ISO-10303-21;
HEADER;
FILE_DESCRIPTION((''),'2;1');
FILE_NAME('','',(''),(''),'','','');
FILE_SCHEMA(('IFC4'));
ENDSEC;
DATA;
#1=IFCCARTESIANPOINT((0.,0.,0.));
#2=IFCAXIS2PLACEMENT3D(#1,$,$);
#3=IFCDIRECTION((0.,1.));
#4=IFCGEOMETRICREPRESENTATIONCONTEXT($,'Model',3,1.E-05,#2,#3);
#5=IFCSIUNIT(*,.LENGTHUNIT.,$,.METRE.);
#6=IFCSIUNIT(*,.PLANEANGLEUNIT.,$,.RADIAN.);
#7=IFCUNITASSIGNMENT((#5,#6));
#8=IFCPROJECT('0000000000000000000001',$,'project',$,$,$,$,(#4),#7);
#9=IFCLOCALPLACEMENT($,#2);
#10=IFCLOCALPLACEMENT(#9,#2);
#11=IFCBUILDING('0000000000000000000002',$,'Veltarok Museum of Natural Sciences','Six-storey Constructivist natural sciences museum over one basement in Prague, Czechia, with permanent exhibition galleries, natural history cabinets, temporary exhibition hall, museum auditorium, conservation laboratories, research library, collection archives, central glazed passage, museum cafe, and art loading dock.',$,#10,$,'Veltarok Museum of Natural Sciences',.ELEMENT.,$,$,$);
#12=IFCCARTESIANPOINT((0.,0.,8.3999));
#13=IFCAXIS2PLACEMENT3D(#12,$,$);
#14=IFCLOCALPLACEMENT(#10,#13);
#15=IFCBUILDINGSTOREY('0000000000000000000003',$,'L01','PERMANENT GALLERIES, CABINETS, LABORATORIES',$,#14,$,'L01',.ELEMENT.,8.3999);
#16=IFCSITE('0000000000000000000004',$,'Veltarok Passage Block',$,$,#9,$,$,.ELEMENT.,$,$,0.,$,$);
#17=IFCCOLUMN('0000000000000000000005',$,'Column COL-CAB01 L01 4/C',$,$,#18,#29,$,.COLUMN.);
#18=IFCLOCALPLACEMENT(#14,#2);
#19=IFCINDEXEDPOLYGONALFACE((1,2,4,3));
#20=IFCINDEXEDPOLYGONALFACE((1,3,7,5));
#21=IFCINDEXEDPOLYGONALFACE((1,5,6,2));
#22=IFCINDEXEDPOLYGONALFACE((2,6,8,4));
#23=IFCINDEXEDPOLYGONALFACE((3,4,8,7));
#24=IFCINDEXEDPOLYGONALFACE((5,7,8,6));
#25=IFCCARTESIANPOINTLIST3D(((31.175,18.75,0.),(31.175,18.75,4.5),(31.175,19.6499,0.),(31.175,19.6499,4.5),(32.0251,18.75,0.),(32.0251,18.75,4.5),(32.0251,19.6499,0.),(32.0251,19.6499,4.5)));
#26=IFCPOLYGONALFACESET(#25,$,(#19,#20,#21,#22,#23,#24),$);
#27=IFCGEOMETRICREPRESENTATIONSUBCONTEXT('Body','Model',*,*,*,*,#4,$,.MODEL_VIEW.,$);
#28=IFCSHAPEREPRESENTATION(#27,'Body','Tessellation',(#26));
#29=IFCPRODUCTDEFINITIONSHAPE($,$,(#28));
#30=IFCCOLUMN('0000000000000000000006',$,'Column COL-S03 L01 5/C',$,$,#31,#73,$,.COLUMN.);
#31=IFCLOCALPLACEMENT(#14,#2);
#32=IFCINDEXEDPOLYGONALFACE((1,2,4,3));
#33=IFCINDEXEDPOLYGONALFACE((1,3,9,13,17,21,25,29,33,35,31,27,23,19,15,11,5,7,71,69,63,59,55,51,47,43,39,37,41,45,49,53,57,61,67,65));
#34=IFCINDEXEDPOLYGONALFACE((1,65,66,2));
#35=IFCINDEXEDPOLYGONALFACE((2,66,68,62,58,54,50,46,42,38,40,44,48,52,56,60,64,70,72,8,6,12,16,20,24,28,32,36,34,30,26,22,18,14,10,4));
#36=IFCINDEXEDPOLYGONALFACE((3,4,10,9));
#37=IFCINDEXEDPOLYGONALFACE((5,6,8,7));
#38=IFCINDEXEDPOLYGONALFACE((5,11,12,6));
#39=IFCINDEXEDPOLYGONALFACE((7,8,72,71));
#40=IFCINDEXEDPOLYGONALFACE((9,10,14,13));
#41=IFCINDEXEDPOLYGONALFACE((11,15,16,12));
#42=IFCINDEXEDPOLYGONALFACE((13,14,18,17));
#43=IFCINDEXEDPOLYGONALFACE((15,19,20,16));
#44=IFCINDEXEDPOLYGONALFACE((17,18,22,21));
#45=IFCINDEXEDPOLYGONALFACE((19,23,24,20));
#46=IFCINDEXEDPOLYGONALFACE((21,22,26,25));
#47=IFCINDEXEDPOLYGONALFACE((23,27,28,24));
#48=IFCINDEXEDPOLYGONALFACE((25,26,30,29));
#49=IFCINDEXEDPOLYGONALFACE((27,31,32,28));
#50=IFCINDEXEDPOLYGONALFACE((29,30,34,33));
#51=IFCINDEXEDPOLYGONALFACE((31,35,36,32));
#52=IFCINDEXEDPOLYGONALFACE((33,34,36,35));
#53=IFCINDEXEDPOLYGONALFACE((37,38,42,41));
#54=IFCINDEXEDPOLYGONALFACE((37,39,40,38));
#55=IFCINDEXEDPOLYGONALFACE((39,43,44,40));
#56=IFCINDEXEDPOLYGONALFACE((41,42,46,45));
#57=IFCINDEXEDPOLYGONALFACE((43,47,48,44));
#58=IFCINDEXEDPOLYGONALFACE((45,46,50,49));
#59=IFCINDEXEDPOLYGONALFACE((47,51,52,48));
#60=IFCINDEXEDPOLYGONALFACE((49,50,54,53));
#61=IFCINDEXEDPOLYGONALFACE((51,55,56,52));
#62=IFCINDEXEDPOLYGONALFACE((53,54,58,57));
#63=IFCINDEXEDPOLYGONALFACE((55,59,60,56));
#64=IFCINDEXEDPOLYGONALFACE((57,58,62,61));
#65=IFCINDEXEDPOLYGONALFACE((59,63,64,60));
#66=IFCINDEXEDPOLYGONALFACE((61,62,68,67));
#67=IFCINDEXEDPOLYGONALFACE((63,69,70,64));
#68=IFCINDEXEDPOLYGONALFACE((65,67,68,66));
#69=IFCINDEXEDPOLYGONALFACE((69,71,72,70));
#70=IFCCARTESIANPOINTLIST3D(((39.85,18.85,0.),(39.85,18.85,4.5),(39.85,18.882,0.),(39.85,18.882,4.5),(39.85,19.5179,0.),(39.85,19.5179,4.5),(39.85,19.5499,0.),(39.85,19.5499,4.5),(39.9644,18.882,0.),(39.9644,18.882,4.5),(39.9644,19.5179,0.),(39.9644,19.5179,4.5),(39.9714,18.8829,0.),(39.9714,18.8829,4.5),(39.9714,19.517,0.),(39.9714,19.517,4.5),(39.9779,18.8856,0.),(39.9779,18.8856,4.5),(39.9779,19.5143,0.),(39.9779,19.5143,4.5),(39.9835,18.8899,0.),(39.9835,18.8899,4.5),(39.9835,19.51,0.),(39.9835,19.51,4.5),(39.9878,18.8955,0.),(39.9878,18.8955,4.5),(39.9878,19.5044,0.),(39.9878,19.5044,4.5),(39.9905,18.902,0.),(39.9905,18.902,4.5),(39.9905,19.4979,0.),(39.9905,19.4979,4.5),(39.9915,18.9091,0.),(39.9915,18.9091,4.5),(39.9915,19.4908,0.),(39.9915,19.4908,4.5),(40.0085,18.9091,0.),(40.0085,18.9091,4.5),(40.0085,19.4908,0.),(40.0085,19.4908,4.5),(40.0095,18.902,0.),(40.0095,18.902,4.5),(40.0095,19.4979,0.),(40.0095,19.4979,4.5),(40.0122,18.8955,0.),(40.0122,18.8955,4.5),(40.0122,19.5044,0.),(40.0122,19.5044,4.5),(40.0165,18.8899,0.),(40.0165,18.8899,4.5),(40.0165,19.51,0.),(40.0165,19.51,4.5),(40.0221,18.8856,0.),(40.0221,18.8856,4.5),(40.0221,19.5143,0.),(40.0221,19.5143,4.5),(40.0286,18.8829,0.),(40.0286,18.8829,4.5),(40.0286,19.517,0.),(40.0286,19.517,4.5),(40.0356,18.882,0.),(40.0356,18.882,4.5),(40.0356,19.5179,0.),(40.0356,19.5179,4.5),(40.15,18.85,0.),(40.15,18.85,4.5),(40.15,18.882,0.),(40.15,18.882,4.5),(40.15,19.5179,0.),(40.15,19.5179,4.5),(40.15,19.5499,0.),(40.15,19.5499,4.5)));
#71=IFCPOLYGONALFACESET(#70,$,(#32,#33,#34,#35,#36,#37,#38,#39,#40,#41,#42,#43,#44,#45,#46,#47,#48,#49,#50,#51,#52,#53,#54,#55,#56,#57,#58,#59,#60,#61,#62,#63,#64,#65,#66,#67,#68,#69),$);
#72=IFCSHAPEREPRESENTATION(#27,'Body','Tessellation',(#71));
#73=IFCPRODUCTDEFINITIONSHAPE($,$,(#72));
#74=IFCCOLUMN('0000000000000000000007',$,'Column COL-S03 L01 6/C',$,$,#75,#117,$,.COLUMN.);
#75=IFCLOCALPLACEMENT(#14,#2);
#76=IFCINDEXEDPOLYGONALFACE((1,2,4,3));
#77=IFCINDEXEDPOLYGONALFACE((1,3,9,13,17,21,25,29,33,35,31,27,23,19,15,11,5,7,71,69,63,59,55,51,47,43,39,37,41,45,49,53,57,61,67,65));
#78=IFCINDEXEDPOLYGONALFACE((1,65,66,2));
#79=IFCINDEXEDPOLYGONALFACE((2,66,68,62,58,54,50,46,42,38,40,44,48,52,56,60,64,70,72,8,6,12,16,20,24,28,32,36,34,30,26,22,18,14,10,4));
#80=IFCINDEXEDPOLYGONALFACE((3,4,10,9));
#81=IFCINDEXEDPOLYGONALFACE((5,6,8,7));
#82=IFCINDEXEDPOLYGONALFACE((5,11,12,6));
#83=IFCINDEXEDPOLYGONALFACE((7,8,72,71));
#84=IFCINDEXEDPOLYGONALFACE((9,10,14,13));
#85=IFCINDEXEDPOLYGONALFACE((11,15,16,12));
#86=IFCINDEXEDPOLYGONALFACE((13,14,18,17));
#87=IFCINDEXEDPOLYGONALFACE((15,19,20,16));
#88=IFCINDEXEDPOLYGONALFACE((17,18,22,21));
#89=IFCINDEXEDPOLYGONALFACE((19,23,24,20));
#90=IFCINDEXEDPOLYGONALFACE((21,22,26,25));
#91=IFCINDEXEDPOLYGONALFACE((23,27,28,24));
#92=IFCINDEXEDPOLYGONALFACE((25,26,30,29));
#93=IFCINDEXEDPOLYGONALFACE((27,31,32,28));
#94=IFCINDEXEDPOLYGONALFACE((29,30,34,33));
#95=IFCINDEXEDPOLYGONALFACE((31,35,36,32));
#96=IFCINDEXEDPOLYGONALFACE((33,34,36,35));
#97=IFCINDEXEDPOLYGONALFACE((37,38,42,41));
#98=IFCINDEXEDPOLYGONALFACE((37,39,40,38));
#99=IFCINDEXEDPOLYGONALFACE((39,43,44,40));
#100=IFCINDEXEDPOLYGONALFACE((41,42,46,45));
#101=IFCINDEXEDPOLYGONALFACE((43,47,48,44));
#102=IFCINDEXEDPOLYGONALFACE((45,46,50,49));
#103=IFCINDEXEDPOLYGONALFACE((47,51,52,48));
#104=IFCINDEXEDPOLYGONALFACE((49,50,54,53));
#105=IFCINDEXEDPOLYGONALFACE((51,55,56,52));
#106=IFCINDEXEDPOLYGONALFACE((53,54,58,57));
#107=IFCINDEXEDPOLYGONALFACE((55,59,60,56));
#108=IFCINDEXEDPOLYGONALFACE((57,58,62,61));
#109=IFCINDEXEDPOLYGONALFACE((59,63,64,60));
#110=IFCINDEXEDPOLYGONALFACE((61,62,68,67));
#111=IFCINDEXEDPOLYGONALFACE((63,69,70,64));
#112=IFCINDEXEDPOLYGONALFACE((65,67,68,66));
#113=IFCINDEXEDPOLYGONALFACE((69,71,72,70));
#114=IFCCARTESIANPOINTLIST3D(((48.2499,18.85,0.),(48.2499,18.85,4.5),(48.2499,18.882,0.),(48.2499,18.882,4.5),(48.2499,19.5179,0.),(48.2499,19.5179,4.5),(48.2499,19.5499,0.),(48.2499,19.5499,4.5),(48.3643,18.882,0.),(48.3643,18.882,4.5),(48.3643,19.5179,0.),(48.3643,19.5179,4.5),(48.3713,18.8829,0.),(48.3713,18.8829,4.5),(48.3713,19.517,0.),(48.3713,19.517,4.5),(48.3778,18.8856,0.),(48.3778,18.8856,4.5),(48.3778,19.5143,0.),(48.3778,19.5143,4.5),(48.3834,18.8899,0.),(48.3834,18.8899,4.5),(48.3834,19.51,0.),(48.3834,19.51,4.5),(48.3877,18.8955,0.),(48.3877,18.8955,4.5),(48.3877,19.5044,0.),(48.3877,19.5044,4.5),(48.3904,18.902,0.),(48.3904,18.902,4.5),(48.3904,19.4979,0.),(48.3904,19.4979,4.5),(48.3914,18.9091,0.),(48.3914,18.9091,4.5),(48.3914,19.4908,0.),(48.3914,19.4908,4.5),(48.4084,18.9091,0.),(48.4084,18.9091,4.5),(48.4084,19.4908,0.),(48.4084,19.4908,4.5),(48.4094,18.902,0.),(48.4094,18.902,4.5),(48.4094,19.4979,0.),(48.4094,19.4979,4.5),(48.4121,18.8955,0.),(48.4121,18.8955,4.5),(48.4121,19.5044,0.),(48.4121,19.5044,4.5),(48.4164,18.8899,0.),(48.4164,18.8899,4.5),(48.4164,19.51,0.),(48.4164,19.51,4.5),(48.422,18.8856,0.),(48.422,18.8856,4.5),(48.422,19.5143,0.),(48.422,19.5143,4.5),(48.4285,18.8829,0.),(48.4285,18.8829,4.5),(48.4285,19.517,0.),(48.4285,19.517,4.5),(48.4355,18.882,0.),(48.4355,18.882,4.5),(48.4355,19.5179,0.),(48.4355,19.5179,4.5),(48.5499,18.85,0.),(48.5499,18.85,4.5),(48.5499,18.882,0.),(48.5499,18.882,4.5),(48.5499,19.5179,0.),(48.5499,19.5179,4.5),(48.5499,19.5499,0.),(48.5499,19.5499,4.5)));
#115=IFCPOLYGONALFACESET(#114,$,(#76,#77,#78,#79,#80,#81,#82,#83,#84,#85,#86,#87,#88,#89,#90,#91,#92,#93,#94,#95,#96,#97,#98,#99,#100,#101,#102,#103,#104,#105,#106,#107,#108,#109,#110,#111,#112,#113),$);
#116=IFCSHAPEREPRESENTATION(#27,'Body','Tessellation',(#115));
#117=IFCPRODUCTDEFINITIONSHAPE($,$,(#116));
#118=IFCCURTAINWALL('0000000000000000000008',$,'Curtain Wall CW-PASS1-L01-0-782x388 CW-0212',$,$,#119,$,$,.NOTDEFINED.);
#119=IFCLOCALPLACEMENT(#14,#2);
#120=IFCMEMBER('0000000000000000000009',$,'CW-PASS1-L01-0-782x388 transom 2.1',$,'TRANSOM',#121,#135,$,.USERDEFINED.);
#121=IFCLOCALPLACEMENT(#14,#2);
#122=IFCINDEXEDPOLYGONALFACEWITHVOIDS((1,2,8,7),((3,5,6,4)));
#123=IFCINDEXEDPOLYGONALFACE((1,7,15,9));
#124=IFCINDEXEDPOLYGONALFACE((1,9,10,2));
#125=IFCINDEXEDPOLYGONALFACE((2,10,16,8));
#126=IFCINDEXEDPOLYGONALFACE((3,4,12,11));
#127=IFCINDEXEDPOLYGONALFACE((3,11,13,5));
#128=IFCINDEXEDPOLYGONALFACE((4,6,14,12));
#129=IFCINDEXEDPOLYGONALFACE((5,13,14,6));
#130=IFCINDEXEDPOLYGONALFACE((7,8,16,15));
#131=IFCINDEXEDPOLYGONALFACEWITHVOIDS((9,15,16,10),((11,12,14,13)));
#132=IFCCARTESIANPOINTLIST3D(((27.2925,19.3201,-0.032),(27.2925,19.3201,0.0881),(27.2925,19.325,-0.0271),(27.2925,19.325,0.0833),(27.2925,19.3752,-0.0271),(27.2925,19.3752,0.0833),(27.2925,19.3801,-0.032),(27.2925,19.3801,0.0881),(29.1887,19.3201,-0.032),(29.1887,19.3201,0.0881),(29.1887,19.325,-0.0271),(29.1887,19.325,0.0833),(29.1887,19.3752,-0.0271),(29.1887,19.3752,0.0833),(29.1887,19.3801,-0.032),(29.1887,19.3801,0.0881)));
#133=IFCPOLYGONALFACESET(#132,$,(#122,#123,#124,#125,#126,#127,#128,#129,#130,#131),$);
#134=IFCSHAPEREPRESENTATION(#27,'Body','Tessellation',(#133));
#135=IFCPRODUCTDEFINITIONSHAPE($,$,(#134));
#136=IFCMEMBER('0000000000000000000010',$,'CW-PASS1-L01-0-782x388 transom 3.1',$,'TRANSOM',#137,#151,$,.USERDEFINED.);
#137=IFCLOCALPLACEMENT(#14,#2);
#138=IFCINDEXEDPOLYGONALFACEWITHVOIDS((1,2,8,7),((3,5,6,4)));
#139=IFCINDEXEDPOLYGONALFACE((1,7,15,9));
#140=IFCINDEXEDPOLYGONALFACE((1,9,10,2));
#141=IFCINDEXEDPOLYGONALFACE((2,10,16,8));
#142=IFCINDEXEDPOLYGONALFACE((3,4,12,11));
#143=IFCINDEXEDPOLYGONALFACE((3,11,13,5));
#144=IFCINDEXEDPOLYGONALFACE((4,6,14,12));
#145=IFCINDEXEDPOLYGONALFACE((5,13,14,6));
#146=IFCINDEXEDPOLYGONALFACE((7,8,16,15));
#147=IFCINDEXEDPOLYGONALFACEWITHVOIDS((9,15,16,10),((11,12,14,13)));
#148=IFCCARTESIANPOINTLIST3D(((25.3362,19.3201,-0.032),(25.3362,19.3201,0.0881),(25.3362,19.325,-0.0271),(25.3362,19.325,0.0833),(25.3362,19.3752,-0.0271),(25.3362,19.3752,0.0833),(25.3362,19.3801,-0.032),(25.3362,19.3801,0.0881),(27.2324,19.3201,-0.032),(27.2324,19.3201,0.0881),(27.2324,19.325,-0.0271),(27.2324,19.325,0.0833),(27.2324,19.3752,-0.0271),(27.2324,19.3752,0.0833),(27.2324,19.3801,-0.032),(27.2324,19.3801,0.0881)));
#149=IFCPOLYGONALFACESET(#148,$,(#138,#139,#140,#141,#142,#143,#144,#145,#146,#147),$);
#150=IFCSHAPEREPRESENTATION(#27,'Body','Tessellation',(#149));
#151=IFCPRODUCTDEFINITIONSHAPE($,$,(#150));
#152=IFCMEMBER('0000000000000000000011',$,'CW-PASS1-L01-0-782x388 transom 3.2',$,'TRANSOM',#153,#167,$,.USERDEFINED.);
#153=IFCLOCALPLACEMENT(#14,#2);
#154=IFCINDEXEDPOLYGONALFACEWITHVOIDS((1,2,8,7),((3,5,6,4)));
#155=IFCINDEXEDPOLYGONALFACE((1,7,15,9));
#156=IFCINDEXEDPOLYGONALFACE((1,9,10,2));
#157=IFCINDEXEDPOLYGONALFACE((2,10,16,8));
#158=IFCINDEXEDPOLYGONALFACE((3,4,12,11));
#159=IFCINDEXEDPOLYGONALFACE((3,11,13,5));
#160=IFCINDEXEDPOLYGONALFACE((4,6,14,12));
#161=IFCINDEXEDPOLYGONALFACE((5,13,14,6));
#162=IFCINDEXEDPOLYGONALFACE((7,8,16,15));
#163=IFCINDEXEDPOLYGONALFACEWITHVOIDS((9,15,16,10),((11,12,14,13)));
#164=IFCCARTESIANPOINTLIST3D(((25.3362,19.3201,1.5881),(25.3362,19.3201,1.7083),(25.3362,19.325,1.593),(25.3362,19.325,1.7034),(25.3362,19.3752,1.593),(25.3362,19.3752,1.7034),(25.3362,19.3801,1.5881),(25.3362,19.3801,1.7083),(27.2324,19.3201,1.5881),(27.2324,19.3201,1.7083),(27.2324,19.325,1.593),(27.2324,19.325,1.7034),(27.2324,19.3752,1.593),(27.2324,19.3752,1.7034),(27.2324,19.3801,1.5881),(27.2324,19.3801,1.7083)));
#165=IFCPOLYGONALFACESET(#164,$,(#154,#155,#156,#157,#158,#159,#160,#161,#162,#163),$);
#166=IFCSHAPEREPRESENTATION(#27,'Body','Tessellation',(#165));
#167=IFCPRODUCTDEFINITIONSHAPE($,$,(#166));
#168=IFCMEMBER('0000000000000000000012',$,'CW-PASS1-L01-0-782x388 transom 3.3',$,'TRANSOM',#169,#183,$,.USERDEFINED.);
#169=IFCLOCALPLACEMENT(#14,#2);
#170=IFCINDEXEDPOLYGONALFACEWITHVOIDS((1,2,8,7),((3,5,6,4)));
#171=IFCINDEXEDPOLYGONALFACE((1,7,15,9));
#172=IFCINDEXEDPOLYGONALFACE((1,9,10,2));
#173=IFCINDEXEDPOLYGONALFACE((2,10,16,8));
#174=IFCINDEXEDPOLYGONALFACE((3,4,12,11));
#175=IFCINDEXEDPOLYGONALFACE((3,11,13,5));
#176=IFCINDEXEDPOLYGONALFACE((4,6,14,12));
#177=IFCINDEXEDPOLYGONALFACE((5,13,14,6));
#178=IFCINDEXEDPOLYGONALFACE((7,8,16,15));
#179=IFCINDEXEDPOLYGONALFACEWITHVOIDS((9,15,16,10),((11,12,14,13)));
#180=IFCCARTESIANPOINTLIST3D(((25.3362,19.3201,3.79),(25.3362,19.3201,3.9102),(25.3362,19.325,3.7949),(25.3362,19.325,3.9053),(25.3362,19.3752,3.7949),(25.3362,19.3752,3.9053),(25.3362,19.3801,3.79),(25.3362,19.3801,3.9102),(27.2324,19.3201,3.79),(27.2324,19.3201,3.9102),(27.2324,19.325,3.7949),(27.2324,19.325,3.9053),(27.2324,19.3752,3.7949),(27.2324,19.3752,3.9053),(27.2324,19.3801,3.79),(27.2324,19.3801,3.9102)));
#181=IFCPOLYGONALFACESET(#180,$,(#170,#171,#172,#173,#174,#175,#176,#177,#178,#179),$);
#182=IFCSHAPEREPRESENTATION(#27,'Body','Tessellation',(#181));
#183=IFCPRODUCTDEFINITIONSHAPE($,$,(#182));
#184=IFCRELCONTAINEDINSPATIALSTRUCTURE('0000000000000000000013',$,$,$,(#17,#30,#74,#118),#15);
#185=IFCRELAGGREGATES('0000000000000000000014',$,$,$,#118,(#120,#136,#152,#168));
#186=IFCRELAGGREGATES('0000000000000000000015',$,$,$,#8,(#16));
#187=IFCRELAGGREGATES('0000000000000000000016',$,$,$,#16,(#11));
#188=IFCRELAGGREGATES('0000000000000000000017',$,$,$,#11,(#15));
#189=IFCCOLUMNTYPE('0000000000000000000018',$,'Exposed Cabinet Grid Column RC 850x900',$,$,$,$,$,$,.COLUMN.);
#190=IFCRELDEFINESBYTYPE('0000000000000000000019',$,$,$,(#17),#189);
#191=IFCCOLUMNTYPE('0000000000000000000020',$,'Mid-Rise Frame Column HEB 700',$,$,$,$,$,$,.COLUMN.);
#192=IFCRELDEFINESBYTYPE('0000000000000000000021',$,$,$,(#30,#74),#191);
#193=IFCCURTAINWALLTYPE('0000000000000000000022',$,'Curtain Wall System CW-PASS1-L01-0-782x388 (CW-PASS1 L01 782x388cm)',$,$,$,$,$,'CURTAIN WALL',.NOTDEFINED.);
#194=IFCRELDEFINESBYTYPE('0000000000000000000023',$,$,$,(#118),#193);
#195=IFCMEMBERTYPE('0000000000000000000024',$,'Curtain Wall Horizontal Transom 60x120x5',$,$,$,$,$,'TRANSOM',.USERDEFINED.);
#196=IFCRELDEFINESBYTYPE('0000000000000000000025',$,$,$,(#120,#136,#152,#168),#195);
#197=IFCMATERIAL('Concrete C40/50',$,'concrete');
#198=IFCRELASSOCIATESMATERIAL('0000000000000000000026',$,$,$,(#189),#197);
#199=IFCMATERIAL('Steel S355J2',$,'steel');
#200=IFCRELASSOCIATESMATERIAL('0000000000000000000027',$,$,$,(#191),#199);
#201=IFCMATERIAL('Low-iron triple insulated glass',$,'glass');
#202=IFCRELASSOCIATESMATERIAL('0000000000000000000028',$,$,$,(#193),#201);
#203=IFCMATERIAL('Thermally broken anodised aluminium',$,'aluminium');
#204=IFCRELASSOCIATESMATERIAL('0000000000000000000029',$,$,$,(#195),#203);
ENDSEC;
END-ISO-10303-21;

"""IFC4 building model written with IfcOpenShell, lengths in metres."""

from ifc_helpers import new_model, si_unit, direction, frame, origin, origin_2d, place, context, subcontext, project, spatial, rectangle, hollow_rectangle, i_section, extrude, material, material_profile, profile_set, type_object, element, aggregate, save


model = new_model("IFC4")

# Units and contexts
model_context = context("Model", 3, precision=1e-05, world=origin(), true_north=direction((0.0, 1.0)))
body_context = subcontext(model_context, "Body", "Model", "MODEL_VIEW")
ifc_project = project(units=[si_unit("LENGTHUNIT", "METRE"), si_unit("PLANEANGLEUNIT", "RADIAN")], contexts=[model_context])

# Site, building, storey
site_placement = place(None, origin())
site = spatial("IfcSite", under=ifc_project, at=site_placement, Name="Veltarok Passage Block", CompositionType="ELEMENT", RefElevation=0.0)
building_placement = place(site_placement, origin())
building = spatial("IfcBuilding", under=site, at=building_placement, Name="Veltarok Museum of Natural Sciences", Description="Six-storey Constructivist natural sciences museum over one basement in Prague, Czechia, with permanent exhibition galleries, natural history cabinets, temporary exhibition hall, museum auditorium, conservation laboratories, research library, collection archives, central glazed passage, museum cafe, and art loading dock.", LongName="Veltarok Museum of Natural Sciences", CompositionType="ELEMENT")
storey_placement = place(building_placement, frame((0.0, 0.0, 8.3999)))
storey = spatial("IfcBuildingStorey", under=building, at=storey_placement, Name="L01", Description="PERMANENT GALLERIES, CABINETS, LABORATORIES", LongName="L01", CompositionType="ELEMENT", Elevation=8.3999)

# Columns
ifc_material_1 = material(Name="Concrete C40/50", Category="concrete")
ifc_material_profile_1 = material_profile(ifc_material_1, rectangle(XDim=0.8501, YDim=0.8999, at=origin_2d()), Name="RC 850x900")
ifc_profile_set_1 = profile_set([ifc_material_profile_1], Name="Concrete C40/50")
column_type_1 = type_object("IfcColumnType", Name="Exposed Cabinet Grid Column RC 850x900", PredefinedType="COLUMN", material=ifc_profile_set_1)
column_placement = place(storey_placement, frame((31.6001, 19.2, 0.0), z_axis=(0.0, 0.0, 1.0), x_axis=(1.0, 0.0, 0.0)))
element("IfcColumn", 1, at=column_placement, inside=storey, type_object=column_type_1, Name="Column COL-CAB01 L01 4/C", PredefinedType="COLUMN", context=body_context, shape_type="SweptSolid", body=[
    extrude(rectangle(XDim=0.8501, YDim=0.8999, at=origin_2d()), origin(), (0.0, 0.0, 1.0), 4.5),
])
ifc_material_2 = material(Name="Steel S355J2", Category="steel")
ifc_material_profile_2 = material_profile(ifc_material_2, i_section(OverallWidth=0.3, OverallDepth=0.7, WebThickness=0.0171, FlangeThickness=0.032, FilletRadius=0.0271, at=origin_2d()), Name="HEB 700")
ifc_profile_set_2 = profile_set([ifc_material_profile_2], Name="Steel S355J2")
column_type_2 = type_object("IfcColumnType", Name="Mid-Rise Frame Column HEB 700", PredefinedType="COLUMN", material=ifc_profile_set_2)
for number, where, z_axis, x_axis, name in (
    (2, (40.0, 19.2, 0.0), (0.0, 0.0, 1.0), (1.0, 0.0, 0.0), "Column COL-S03 L01 5/C"),
    (3, (48.3999, 19.2, 0.0), (0.0, 0.0, 1.0), (1.0, 0.0, 0.0), "Column COL-S03 L01 6/C"),
):
    element("IfcColumn", number, at=place(storey_placement, frame(where, z_axis=z_axis, x_axis=x_axis)), inside=storey, type_object=column_type_2, Name=name, PredefinedType="COLUMN", context=body_context, shape_type="SweptSolid", body=[
        extrude(i_section(OverallWidth=0.3, OverallDepth=0.7, WebThickness=0.0171, FlangeThickness=0.032, FilletRadius=0.0271, at=origin_2d()), origin(), (0.0, 0.0, 1.0), 4.5),
    ])

# Curtain wall, members
ifc_material_3 = material(Name="Low-iron triple insulated glass", Category="glass")
curtain_wall_type = type_object("IfcCurtainWallType", Name="Curtain Wall System CW-PASS1-L01-0-782x388 (CW-PASS1 L01 782x388cm)", ElementType="CURTAIN WALL", PredefinedType="NOTDEFINED", material=ifc_material_3)
curtain_wall_placement = place(storey_placement, origin())
curtain_wall = element("IfcCurtainWall", 4, at=curtain_wall_placement, inside=storey, type_object=curtain_wall_type, Name="Curtain Wall CW-PASS1-L01-0-782x388 CW-0212", PredefinedType="NOTDEFINED")
ifc_material_4 = material(Name="Thermally broken anodised aluminium", Category="aluminium")
ifc_material_profile_3 = material_profile(ifc_material_4, hollow_rectangle(XDim=0.0601, YDim=0.1201, WallThickness=0.0049, at=origin_2d()), Name="CW TRANSOM 60x120x5")
ifc_profile_set_3 = profile_set([ifc_material_profile_3], Name="Thermally broken anodised aluminium")
member_type_1 = type_object("IfcMemberType", Name="Curtain Wall Horizontal Transom 60x120x5", ElementType="TRANSOM", PredefinedType="USERDEFINED", material=ifc_profile_set_3)
member_1_placement = place(storey_placement, frame((29.1887, 19.3501, 0.0281), z_axis=(-1.0, 0.0, 0.0), x_axis=(0.0, -1.0, 0.0)))
member_1 = element("IfcMember", 5, at=member_1_placement, type_object=member_type_1, Name="CW-PASS1-L01-0-782x388 transom 2.1", ObjectType="TRANSOM", PredefinedType="USERDEFINED", context=body_context, shape_type="SweptSolid", body=[
    extrude(hollow_rectangle(XDim=0.0601, YDim=0.1201, WallThickness=0.0049, at=origin_2d()), origin(), (0.0, 0.0, 1.0), 1.8962),
])
member_2_placement = place(storey_placement, frame((27.2324, 19.3501, 0.0281), z_axis=(-1.0, 0.0, 0.0), x_axis=(0.0, -1.0, 0.0)))
member_2 = element("IfcMember", 6, at=member_2_placement, type_object=member_type_1, Name="CW-PASS1-L01-0-782x388 transom 3.1", ObjectType="TRANSOM", PredefinedType="USERDEFINED", context=body_context, shape_type="SweptSolid", body=[
    extrude(hollow_rectangle(XDim=0.0601, YDim=0.1201, WallThickness=0.0049, at=origin_2d()), origin(), (0.0, 0.0, 1.0), 1.8962),
])
member_3_placement = place(storey_placement, frame((27.2324, 19.3501, 1.6482), z_axis=(-1.0, 0.0, 0.0), x_axis=(0.0, -1.0, 0.0)))
member_3 = element("IfcMember", 7, at=member_3_placement, type_object=member_type_1, Name="CW-PASS1-L01-0-782x388 transom 3.2", ObjectType="TRANSOM", PredefinedType="USERDEFINED", context=body_context, shape_type="SweptSolid", body=[
    extrude(hollow_rectangle(XDim=0.0601, YDim=0.1201, WallThickness=0.0049, at=origin_2d()), origin(), (0.0, 0.0, 1.0), 1.8962),
])
member_4_placement = place(storey_placement, frame((27.2324, 19.3501, 3.8501), z_axis=(-1.0, 0.0, 0.0), x_axis=(0.0, -1.0, 0.0)))
member_4 = element("IfcMember", 8, at=member_4_placement, type_object=member_type_1, Name="CW-PASS1-L01-0-782x388 transom 3.3", ObjectType="TRANSOM", PredefinedType="USERDEFINED", context=body_context, shape_type="SweptSolid", body=[
    extrude(hollow_rectangle(XDim=0.0601, YDim=0.1201, WallThickness=0.0049, at=origin_2d()), origin(), (0.0, 0.0, 1.0), 1.8962),
])

aggregate(curtain_wall, [member_1, member_2, member_3, member_4])

save(model, "model.ifc")
